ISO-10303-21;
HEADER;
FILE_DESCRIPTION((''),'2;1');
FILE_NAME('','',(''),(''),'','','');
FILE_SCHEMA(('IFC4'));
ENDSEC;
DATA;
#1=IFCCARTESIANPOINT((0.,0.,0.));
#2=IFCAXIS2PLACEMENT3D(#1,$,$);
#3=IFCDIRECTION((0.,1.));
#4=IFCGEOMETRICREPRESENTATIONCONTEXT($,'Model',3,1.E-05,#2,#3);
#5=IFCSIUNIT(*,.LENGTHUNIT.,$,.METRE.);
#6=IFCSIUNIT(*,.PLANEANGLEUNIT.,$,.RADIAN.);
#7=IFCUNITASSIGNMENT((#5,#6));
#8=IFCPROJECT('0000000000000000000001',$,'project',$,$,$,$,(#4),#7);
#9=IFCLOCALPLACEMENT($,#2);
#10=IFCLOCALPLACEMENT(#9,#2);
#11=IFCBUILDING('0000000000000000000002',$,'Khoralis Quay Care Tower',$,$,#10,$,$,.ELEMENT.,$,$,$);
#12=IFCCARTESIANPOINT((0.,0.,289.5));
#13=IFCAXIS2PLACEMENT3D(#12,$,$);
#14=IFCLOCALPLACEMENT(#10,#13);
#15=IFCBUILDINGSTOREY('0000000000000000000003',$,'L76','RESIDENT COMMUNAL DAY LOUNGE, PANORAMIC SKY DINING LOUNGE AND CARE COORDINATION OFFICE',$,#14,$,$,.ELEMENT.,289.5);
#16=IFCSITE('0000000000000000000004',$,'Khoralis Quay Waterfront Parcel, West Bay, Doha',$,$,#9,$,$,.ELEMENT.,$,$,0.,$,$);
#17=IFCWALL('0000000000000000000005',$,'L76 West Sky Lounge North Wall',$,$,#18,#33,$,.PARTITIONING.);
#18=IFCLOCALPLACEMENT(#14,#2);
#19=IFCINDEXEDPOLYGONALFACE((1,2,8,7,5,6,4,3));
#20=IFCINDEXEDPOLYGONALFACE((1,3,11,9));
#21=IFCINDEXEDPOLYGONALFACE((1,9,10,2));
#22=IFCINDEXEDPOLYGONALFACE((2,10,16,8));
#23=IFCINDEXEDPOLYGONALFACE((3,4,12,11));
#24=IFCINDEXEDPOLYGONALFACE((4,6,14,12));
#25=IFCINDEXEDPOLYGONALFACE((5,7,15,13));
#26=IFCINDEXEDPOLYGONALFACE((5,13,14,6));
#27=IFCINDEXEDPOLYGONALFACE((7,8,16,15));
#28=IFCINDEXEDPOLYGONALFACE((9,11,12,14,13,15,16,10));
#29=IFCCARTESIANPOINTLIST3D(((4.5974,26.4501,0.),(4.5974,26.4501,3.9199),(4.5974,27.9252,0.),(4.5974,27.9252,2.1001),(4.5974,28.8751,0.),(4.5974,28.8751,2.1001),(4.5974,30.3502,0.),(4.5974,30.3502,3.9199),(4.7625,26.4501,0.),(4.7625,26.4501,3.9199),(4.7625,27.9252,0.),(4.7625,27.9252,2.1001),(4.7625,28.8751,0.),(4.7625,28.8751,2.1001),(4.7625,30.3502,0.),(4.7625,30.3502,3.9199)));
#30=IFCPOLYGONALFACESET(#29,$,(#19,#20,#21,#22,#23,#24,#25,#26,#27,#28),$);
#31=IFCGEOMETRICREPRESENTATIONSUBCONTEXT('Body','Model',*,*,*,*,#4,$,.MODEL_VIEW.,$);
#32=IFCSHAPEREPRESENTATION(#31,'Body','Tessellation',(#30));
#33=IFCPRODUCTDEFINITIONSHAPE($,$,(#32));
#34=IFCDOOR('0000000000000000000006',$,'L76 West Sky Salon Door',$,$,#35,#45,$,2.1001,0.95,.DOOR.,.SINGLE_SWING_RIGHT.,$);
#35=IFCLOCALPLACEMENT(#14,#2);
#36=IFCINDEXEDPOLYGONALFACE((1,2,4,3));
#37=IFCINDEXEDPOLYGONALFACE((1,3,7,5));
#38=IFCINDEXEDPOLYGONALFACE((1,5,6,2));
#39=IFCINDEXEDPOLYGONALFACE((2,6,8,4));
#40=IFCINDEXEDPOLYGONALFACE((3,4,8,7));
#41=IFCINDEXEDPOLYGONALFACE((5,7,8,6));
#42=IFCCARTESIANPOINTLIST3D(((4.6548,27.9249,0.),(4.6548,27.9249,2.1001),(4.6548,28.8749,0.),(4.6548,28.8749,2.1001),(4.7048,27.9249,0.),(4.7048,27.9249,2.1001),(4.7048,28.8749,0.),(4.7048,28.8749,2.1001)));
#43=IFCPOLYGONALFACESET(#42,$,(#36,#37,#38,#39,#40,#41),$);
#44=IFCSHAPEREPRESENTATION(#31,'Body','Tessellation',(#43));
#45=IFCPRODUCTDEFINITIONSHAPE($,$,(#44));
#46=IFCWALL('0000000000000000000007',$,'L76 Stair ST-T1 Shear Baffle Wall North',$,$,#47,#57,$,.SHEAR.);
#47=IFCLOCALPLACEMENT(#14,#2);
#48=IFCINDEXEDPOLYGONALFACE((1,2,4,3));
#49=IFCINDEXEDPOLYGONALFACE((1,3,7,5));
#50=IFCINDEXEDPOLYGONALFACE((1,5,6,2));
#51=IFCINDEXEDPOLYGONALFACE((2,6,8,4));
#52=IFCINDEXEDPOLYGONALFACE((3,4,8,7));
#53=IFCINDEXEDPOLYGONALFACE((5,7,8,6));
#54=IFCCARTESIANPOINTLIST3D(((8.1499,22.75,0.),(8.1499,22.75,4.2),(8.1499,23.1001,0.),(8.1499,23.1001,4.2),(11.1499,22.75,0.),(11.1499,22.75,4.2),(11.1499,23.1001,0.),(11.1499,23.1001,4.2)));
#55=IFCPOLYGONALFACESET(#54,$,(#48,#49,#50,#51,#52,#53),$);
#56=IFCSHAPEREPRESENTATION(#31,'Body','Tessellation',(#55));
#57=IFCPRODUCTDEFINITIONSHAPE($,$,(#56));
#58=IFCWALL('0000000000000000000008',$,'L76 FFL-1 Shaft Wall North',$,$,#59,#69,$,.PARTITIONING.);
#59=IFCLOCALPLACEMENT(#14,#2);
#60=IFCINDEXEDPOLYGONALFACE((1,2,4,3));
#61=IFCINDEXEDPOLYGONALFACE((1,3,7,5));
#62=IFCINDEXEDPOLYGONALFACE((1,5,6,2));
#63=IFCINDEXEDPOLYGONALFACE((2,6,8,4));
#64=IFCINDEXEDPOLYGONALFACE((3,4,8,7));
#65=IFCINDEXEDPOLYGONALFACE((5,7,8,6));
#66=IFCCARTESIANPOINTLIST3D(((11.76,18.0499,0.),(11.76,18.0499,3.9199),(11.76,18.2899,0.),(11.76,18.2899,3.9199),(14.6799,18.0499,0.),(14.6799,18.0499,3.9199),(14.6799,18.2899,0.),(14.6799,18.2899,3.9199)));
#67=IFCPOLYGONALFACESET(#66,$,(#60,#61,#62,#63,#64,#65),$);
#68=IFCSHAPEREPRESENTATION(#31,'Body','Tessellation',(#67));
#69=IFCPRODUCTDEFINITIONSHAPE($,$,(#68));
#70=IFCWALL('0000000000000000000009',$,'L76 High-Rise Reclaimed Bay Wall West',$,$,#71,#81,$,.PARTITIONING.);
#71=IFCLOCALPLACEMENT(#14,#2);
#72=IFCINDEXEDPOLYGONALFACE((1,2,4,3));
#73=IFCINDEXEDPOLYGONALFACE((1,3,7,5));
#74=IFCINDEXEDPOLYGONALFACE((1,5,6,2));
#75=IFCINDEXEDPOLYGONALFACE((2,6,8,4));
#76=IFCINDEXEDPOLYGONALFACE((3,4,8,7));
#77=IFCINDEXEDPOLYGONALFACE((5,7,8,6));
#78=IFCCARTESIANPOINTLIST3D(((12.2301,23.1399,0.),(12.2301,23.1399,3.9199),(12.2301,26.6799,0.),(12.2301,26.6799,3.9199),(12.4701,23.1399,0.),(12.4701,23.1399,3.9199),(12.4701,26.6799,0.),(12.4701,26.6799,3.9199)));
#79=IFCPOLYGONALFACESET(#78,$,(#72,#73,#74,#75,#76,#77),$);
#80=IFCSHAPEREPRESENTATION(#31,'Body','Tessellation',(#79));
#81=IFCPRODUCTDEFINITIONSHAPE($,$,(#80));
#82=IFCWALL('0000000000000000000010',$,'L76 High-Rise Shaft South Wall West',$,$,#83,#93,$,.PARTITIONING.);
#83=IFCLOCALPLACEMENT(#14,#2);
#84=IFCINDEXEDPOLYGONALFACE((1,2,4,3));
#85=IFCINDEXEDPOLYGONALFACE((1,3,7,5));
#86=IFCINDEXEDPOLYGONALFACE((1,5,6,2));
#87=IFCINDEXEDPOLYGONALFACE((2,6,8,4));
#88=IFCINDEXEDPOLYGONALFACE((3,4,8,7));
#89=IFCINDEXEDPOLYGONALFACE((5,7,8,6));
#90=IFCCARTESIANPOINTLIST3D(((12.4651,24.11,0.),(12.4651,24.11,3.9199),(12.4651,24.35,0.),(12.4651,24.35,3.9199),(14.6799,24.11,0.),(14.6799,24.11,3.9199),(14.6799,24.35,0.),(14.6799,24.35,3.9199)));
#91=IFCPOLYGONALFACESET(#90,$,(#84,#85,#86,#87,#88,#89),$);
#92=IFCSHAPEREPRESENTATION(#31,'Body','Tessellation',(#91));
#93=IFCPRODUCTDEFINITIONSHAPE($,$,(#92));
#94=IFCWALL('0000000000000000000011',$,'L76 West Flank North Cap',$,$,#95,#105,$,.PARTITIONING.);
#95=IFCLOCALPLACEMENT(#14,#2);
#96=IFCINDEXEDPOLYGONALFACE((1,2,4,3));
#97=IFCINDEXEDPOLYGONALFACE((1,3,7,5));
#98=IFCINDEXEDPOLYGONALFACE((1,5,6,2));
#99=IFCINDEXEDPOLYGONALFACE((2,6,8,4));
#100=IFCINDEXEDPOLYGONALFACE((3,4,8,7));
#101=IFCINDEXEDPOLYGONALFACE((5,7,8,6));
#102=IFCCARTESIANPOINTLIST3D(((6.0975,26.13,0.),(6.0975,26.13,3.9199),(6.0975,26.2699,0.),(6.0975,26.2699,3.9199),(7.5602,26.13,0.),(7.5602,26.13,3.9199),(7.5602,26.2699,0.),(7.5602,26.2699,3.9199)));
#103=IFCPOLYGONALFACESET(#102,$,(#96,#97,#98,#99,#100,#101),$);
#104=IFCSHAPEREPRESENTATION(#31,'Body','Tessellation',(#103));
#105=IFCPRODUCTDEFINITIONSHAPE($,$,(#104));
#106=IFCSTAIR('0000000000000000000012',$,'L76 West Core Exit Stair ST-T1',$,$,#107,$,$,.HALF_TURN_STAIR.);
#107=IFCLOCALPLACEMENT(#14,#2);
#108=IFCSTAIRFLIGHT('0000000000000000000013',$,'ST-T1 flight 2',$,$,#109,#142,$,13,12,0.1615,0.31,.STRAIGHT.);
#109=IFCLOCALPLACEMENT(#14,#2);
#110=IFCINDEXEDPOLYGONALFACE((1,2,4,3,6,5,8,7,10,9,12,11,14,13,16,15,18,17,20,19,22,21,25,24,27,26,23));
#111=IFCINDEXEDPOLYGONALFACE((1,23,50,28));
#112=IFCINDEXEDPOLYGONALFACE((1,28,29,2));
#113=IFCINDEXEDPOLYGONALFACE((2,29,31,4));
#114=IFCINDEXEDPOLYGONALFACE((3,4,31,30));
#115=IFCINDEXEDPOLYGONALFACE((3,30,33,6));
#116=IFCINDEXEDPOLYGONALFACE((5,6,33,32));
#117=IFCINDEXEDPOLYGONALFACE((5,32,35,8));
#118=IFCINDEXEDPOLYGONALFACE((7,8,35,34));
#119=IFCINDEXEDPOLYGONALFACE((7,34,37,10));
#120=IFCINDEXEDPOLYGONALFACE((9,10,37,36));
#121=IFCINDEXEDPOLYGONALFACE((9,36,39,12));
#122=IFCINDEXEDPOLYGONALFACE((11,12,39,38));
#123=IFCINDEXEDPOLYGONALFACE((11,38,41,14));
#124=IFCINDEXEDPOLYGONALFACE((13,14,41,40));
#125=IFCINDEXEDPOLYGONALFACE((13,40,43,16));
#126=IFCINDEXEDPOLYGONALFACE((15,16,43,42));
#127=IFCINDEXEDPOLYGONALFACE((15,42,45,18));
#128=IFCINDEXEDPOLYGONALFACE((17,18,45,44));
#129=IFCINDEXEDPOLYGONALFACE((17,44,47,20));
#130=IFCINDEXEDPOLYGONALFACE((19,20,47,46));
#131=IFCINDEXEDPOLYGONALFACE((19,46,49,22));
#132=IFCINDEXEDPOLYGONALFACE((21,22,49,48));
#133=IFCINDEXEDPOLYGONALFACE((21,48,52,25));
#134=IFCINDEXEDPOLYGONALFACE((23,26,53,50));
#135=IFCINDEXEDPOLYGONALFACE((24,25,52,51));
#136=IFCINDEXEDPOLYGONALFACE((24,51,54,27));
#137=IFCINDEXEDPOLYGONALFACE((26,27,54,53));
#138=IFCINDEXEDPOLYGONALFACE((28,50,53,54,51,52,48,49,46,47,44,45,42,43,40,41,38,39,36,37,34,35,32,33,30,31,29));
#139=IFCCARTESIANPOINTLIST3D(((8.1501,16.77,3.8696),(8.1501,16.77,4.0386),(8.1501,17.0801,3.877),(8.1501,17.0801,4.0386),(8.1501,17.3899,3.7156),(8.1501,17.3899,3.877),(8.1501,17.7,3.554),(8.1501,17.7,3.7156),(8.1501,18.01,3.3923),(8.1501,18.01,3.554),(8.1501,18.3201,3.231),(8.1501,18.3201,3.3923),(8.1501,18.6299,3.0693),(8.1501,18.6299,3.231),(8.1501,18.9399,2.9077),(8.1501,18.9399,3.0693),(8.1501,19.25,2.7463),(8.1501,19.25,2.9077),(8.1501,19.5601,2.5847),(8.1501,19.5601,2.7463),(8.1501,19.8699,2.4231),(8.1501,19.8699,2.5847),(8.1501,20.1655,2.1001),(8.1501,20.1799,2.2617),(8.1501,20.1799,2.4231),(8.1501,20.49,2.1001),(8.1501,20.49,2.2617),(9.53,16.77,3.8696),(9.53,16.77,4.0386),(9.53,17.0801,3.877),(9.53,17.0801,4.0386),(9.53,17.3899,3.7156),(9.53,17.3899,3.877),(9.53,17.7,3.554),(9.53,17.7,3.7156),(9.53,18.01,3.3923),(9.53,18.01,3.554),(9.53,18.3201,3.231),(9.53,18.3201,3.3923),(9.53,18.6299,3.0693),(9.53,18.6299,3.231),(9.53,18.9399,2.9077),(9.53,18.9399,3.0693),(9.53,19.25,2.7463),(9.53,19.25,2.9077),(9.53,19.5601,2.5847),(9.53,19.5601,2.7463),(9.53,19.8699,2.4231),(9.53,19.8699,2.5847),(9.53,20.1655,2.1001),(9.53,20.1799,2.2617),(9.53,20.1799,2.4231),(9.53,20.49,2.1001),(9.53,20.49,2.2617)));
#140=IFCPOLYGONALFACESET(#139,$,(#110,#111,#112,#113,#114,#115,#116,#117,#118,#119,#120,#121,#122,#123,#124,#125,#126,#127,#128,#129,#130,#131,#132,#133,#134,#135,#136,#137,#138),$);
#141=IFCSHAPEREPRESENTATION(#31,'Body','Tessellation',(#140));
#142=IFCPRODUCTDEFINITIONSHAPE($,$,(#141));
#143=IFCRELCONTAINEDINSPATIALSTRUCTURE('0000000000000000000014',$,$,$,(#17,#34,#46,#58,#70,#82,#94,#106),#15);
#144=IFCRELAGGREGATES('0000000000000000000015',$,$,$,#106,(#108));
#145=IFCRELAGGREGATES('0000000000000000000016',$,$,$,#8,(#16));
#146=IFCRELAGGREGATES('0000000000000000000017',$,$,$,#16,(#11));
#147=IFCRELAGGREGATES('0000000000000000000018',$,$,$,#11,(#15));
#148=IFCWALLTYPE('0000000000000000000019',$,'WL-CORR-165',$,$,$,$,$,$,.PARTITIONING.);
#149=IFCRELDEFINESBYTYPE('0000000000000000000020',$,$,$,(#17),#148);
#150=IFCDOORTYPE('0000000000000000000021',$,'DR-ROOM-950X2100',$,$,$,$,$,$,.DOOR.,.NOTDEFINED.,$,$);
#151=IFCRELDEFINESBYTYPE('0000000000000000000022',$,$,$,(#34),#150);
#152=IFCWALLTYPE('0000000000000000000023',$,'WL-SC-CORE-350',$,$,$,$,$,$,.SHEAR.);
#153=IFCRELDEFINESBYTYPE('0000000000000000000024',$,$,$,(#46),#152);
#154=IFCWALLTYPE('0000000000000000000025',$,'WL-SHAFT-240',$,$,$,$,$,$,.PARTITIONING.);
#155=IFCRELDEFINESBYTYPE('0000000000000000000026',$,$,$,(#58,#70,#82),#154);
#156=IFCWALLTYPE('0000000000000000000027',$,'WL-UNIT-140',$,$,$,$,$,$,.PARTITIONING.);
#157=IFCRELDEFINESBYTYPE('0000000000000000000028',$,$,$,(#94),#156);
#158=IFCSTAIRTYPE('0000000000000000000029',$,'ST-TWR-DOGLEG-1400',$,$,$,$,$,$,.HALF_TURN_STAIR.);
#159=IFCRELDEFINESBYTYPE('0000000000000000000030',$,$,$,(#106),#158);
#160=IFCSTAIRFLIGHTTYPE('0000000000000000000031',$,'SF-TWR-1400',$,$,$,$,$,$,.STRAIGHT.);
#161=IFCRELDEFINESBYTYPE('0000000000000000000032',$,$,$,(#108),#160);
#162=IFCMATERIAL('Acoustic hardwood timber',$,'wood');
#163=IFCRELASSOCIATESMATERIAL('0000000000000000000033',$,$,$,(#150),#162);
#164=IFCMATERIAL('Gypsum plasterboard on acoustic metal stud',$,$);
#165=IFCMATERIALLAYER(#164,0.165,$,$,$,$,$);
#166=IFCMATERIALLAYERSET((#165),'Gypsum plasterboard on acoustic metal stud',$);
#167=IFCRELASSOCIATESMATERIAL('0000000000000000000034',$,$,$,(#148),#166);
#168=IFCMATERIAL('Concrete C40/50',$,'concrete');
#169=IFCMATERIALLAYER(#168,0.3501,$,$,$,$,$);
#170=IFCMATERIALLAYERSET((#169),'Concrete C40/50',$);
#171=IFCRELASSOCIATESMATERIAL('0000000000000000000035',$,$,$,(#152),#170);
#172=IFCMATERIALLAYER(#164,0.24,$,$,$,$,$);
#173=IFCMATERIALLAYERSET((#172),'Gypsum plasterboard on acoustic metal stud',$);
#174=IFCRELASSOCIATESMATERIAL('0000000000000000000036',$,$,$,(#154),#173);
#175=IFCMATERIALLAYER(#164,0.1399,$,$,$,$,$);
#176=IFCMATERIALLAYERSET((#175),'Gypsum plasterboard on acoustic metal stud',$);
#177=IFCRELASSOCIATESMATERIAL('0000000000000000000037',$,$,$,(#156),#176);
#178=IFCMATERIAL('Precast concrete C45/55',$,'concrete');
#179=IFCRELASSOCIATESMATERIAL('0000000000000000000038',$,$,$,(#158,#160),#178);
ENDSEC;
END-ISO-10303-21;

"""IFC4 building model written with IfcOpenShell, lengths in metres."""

from ifc_helpers import new_model, si_unit, direction, frame, frame_2d, origin, place, context, subcontext, project, spatial, polyline, rectangle, outline, extrude, source, transform, mapped, material, layer, layer_set, type_object, element, fill, aggregate, save


model = new_model("IFC4")

# Units and contexts
model_context = context("Model", 3, precision=1e-05, world=origin(), true_north=direction((0.0, 1.0)))
body_context = subcontext(model_context, "Body", "Model", "MODEL_VIEW")
ifc_project = project(units=[si_unit("LENGTHUNIT", "METRE"), si_unit("PLANEANGLEUNIT", "RADIAN")], contexts=[model_context])

# Site, building, storey
site_placement = place(None, origin())
site = spatial("IfcSite", under=ifc_project, at=site_placement, Name="Khoralis Quay Waterfront Parcel, West Bay, Doha", CompositionType="ELEMENT", RefElevation=0.0)
building_placement = place(site_placement, origin())
building = spatial("IfcBuilding", under=site, at=building_placement, Name="Khoralis Quay Care Tower", CompositionType="ELEMENT")
storey_placement = place(building_placement, frame((0.0, 0.0, 289.5)))
storey = spatial("IfcBuildingStorey", under=building, at=storey_placement, Name="L76", Description="RESIDENT COMMUNAL DAY LOUNGE, PANORAMIC SKY DINING LOUNGE AND CARE COORDINATION OFFICE", CompositionType="ELEMENT", Elevation=289.5)

# Shared definitions
ifc_material_1 = material(Name="Acoustic hardwood timber", Category="wood")
door_type_1 = type_object("IfcDoorType", Name="DR-ROOM-950X2100", OperationType="NOTDEFINED", PredefinedType="DOOR", material=ifc_material_1)
shared_shape_1 = source(origin(), body_context, "Body", "SweptSolid", [
    extrude(rectangle(XDim=0.95, YDim=2.1001, at=frame_2d((0.4751, 1.05))), frame((0.0, 0.0249, 0.0), z_axis=(0.0, -1.0, 0.0), x_axis=(1.0, 0.0, 0.0)), (0.0, 0.0, 1.0), 0.05),
])

# Shared definitions
ifc_material_2 = material(Name="Gypsum plasterboard on acoustic metal stud")
ifc_layer_1 = layer(ifc_material_2, 0.165)
ifc_layer_set_1 = layer_set([ifc_layer_1], Name="Gypsum plasterboard on acoustic metal stud")
wall_type_1 = type_object("IfcWallType", Name="WL-CORR-165", PredefinedType="PARTITIONING", material=ifc_layer_set_1)

# Wall, opening, door
wall_1_placement = place(storey_placement, frame((4.6799, 26.45, 0.0), z_axis=(0.0, 0.0, 1.0), x_axis=(0.0, 1.0, 0.0)))
wall_1 = element("IfcWall", 1, at=wall_1_placement, inside=storey, type_object=wall_type_1, Name="L76 West Sky Lounge North Wall", PredefinedType="PARTITIONING", context=body_context, shape_type="SweptSolid", body=[
    extrude(rectangle(XDim=3.9001, YDim=0.165, at=frame_2d((1.9502, 0.0))), origin(), (0.0, 0.0, 1.0), 3.9199),
])
opening_1_placement = place(wall_1_placement, frame((1.4751, 0.0, 0.0)))
opening_1 = element("IfcOpeningElement", 2, at=opening_1_placement, cuts=wall_1, PredefinedType="OPENING", context=body_context, shape_type="SweptSolid", body=[
    extrude(rectangle(XDim=0.95, YDim=2.1001, at=frame_2d((0.4751, 1.05))), frame((0.0, 0.0925, 0.0), z_axis=(0.0, -1.0, 0.0), x_axis=(1.0, 0.0, 0.0)), (0.0, 0.0, 1.0), 0.1851),
])
door_1_placement = place(opening_1_placement, frame((0.95, 0.0, 0.0), z_axis=(0.0, 0.0, 1.0), x_axis=(-1.0, 0.0, 0.0)))
door_1 = element("IfcDoor", 3, at=door_1_placement, inside=storey, type_object=door_type_1, Name="L76 West Sky Salon Door", OperationType="SINGLE_SWING_RIGHT", OverallHeight=2.1001, OverallWidth=0.95, PredefinedType="DOOR", context=body_context, shape_type="MappedRepresentation", body=[
    mapped(shared_shape_1, transform((0.0, 0.0, 0.0), scale=1.0)),
])
fill(opening_1, door_1)

# Walls
ifc_material_3 = material(Name="Concrete C40/50", Category="concrete")
ifc_layer_2 = layer(ifc_material_3, 0.3501)
ifc_layer_set_2 = layer_set([ifc_layer_2], Name="Concrete C40/50")
wall_type_2 = type_object("IfcWallType", Name="WL-SC-CORE-350", PredefinedType="SHEAR", material=ifc_layer_set_2)
wall_2_placement = place(storey_placement, frame((8.1499, 22.925, 0.0), z_axis=(0.0, 0.0, 1.0), x_axis=(1.0, 0.0, 0.0)))
element("IfcWall", 4, at=wall_2_placement, inside=storey, type_object=wall_type_2, Name="L76 Stair ST-T1 Shear Baffle Wall North", PredefinedType="SHEAR", context=body_context, shape_type="SweptSolid", body=[
    extrude(rectangle(XDim=3.0, YDim=0.3501, at=frame_2d((1.5, 0.0))), origin(), (0.0, 0.0, 1.0), 4.2),
])
ifc_layer_3 = layer(ifc_material_2, 0.24)
ifc_layer_set_3 = layer_set([ifc_layer_3], Name="Gypsum plasterboard on acoustic metal stud")
wall_type_3 = type_object("IfcWallType", Name="WL-SHAFT-240", PredefinedType="PARTITIONING", material=ifc_layer_set_3)
wall_3_placement = place(storey_placement, frame((11.76, 18.1699, 0.0), z_axis=(0.0, 0.0, 1.0), x_axis=(1.0, 0.0, 0.0)))
element("IfcWall", 5, at=wall_3_placement, inside=storey, type_object=wall_type_3, Name="L76 FFL-1 Shaft Wall North", PredefinedType="PARTITIONING", context=body_context, shape_type="SweptSolid", body=[
    extrude(rectangle(XDim=2.9199, YDim=0.24, at=frame_2d((1.46, 0.0))), origin(), (0.0, 0.0, 1.0), 3.9199),
])
wall_4_placement = place(storey_placement, frame((12.3501, 23.1399, 0.0), z_axis=(0.0, 0.0, 1.0), x_axis=(0.0, 1.0, 0.0)))
element("IfcWall", 6, at=wall_4_placement, inside=storey, type_object=wall_type_3, Name="L76 High-Rise Reclaimed Bay Wall West", PredefinedType="PARTITIONING", context=body_context, shape_type="SweptSolid", body=[
    extrude(rectangle(XDim=3.54, YDim=0.24, at=frame_2d((1.77, 0.0))), origin(), (0.0, 0.0, 1.0), 3.9199),
])
wall_5_placement = place(storey_placement, frame((12.4651, 24.23, 0.0), z_axis=(0.0, 0.0, 1.0), x_axis=(1.0, 0.0, 0.0)))
element("IfcWall", 7, at=wall_5_placement, inside=storey, type_object=wall_type_3, Name="L76 High-Rise Shaft South Wall West", PredefinedType="PARTITIONING", context=body_context, shape_type="SweptSolid", body=[
    extrude(rectangle(XDim=2.2148, YDim=0.24, at=frame_2d((1.1074, 0.0))), origin(), (0.0, 0.0, 1.0), 3.9199),
])
ifc_layer_4 = layer(ifc_material_2, 0.1399)
ifc_layer_set_4 = layer_set([ifc_layer_4], Name="Gypsum plasterboard on acoustic metal stud")
wall_type_4 = type_object("IfcWallType", Name="WL-UNIT-140", PredefinedType="PARTITIONING", material=ifc_layer_set_4)
wall_6_placement = place(storey_placement, frame((6.0974, 26.2, 0.0), z_axis=(0.0, 0.0, 1.0), x_axis=(1.0, 0.0, 0.0)))
element("IfcWall", 8, at=wall_6_placement, inside=storey, type_object=wall_type_4, Name="L76 West Flank North Cap", PredefinedType="PARTITIONING", context=body_context, shape_type="SweptSolid", body=[
    extrude(rectangle(XDim=1.4626, YDim=0.1399, at=frame_2d((0.7314, 0.0))), origin(), (0.0, 0.0, 1.0), 3.9199),
])

# Stair, stair flight
ifc_material_4 = material(Name="Precast concrete C45/55", Category="concrete")
stair_type = type_object("IfcStairType", Name="ST-TWR-DOGLEG-1400", PredefinedType="HALF_TURN_STAIR", material=ifc_material_4)
stair_placement = place(storey_placement, origin())
stair = element("IfcStair", 9, at=stair_placement, inside=storey, type_object=stair_type, Name="L76 West Core Exit Stair ST-T1", PredefinedType="HALF_TURN_STAIR")
stair_flight_type = type_object("IfcStairFlightType", Name="SF-TWR-1400", PredefinedType="STRAIGHT", material=ifc_material_4)
shared_shape_2 = source(origin(), body_context, "Body", "SweptSolid", [
    extrude(outline(polyline([(0.0, 0.0), (0.0, 0.1616), (0.3101, 0.1616), (0.3101, 0.323), (0.6201, 0.323), (0.6201, 0.4846), (0.9299, 0.4846), (0.9299, 0.6462), (1.24, 0.6462), (1.24, 0.8076), (1.55, 0.8076), (1.55, 0.9692), (1.8601, 0.9692), (1.8601, 1.1309), (2.1699, 1.1309), (2.1699, 1.2922), (2.48, 1.2922), (2.48, 1.4539), (2.79, 1.4539), (2.79, 1.6155), (3.1001, 1.6155), (3.1001, 1.7769), (3.4099, 1.7769), (3.4099, 1.9385), (3.72, 1.9385), (3.72, 2.1001), (3.72, 1.7695), (0.3245, 0.0), (0.0, 0.0)])), frame((0.0, 0.6899, 0.0), z_axis=(0.0, -1.0, 0.0), x_axis=(1.0, 0.0, 0.0)), (0.0, 0.0, 1.0), 1.3799),
])
stair_flight_placement = place(storey_placement, frame((8.8401, 20.49, 2.1001), z_axis=(0.0, 0.0, 1.0), x_axis=(0.0, -1.0, 0.0)))
stair_flight = element("IfcStairFlight", 10, at=stair_flight_placement, type_object=stair_flight_type, Name="ST-T1 flight 2", NumberOfRisers=13, NumberOfTreads=12, PredefinedType="STRAIGHT", RiserHeight=0.1615, TreadLength=0.31, context=body_context, shape_type="MappedRepresentation", body=[
    mapped(shared_shape_2, transform((0.0, 0.0, 0.0), scale=1.0)),
])
aggregate(stair, [stair_flight])

save(model, "model.ifc")
